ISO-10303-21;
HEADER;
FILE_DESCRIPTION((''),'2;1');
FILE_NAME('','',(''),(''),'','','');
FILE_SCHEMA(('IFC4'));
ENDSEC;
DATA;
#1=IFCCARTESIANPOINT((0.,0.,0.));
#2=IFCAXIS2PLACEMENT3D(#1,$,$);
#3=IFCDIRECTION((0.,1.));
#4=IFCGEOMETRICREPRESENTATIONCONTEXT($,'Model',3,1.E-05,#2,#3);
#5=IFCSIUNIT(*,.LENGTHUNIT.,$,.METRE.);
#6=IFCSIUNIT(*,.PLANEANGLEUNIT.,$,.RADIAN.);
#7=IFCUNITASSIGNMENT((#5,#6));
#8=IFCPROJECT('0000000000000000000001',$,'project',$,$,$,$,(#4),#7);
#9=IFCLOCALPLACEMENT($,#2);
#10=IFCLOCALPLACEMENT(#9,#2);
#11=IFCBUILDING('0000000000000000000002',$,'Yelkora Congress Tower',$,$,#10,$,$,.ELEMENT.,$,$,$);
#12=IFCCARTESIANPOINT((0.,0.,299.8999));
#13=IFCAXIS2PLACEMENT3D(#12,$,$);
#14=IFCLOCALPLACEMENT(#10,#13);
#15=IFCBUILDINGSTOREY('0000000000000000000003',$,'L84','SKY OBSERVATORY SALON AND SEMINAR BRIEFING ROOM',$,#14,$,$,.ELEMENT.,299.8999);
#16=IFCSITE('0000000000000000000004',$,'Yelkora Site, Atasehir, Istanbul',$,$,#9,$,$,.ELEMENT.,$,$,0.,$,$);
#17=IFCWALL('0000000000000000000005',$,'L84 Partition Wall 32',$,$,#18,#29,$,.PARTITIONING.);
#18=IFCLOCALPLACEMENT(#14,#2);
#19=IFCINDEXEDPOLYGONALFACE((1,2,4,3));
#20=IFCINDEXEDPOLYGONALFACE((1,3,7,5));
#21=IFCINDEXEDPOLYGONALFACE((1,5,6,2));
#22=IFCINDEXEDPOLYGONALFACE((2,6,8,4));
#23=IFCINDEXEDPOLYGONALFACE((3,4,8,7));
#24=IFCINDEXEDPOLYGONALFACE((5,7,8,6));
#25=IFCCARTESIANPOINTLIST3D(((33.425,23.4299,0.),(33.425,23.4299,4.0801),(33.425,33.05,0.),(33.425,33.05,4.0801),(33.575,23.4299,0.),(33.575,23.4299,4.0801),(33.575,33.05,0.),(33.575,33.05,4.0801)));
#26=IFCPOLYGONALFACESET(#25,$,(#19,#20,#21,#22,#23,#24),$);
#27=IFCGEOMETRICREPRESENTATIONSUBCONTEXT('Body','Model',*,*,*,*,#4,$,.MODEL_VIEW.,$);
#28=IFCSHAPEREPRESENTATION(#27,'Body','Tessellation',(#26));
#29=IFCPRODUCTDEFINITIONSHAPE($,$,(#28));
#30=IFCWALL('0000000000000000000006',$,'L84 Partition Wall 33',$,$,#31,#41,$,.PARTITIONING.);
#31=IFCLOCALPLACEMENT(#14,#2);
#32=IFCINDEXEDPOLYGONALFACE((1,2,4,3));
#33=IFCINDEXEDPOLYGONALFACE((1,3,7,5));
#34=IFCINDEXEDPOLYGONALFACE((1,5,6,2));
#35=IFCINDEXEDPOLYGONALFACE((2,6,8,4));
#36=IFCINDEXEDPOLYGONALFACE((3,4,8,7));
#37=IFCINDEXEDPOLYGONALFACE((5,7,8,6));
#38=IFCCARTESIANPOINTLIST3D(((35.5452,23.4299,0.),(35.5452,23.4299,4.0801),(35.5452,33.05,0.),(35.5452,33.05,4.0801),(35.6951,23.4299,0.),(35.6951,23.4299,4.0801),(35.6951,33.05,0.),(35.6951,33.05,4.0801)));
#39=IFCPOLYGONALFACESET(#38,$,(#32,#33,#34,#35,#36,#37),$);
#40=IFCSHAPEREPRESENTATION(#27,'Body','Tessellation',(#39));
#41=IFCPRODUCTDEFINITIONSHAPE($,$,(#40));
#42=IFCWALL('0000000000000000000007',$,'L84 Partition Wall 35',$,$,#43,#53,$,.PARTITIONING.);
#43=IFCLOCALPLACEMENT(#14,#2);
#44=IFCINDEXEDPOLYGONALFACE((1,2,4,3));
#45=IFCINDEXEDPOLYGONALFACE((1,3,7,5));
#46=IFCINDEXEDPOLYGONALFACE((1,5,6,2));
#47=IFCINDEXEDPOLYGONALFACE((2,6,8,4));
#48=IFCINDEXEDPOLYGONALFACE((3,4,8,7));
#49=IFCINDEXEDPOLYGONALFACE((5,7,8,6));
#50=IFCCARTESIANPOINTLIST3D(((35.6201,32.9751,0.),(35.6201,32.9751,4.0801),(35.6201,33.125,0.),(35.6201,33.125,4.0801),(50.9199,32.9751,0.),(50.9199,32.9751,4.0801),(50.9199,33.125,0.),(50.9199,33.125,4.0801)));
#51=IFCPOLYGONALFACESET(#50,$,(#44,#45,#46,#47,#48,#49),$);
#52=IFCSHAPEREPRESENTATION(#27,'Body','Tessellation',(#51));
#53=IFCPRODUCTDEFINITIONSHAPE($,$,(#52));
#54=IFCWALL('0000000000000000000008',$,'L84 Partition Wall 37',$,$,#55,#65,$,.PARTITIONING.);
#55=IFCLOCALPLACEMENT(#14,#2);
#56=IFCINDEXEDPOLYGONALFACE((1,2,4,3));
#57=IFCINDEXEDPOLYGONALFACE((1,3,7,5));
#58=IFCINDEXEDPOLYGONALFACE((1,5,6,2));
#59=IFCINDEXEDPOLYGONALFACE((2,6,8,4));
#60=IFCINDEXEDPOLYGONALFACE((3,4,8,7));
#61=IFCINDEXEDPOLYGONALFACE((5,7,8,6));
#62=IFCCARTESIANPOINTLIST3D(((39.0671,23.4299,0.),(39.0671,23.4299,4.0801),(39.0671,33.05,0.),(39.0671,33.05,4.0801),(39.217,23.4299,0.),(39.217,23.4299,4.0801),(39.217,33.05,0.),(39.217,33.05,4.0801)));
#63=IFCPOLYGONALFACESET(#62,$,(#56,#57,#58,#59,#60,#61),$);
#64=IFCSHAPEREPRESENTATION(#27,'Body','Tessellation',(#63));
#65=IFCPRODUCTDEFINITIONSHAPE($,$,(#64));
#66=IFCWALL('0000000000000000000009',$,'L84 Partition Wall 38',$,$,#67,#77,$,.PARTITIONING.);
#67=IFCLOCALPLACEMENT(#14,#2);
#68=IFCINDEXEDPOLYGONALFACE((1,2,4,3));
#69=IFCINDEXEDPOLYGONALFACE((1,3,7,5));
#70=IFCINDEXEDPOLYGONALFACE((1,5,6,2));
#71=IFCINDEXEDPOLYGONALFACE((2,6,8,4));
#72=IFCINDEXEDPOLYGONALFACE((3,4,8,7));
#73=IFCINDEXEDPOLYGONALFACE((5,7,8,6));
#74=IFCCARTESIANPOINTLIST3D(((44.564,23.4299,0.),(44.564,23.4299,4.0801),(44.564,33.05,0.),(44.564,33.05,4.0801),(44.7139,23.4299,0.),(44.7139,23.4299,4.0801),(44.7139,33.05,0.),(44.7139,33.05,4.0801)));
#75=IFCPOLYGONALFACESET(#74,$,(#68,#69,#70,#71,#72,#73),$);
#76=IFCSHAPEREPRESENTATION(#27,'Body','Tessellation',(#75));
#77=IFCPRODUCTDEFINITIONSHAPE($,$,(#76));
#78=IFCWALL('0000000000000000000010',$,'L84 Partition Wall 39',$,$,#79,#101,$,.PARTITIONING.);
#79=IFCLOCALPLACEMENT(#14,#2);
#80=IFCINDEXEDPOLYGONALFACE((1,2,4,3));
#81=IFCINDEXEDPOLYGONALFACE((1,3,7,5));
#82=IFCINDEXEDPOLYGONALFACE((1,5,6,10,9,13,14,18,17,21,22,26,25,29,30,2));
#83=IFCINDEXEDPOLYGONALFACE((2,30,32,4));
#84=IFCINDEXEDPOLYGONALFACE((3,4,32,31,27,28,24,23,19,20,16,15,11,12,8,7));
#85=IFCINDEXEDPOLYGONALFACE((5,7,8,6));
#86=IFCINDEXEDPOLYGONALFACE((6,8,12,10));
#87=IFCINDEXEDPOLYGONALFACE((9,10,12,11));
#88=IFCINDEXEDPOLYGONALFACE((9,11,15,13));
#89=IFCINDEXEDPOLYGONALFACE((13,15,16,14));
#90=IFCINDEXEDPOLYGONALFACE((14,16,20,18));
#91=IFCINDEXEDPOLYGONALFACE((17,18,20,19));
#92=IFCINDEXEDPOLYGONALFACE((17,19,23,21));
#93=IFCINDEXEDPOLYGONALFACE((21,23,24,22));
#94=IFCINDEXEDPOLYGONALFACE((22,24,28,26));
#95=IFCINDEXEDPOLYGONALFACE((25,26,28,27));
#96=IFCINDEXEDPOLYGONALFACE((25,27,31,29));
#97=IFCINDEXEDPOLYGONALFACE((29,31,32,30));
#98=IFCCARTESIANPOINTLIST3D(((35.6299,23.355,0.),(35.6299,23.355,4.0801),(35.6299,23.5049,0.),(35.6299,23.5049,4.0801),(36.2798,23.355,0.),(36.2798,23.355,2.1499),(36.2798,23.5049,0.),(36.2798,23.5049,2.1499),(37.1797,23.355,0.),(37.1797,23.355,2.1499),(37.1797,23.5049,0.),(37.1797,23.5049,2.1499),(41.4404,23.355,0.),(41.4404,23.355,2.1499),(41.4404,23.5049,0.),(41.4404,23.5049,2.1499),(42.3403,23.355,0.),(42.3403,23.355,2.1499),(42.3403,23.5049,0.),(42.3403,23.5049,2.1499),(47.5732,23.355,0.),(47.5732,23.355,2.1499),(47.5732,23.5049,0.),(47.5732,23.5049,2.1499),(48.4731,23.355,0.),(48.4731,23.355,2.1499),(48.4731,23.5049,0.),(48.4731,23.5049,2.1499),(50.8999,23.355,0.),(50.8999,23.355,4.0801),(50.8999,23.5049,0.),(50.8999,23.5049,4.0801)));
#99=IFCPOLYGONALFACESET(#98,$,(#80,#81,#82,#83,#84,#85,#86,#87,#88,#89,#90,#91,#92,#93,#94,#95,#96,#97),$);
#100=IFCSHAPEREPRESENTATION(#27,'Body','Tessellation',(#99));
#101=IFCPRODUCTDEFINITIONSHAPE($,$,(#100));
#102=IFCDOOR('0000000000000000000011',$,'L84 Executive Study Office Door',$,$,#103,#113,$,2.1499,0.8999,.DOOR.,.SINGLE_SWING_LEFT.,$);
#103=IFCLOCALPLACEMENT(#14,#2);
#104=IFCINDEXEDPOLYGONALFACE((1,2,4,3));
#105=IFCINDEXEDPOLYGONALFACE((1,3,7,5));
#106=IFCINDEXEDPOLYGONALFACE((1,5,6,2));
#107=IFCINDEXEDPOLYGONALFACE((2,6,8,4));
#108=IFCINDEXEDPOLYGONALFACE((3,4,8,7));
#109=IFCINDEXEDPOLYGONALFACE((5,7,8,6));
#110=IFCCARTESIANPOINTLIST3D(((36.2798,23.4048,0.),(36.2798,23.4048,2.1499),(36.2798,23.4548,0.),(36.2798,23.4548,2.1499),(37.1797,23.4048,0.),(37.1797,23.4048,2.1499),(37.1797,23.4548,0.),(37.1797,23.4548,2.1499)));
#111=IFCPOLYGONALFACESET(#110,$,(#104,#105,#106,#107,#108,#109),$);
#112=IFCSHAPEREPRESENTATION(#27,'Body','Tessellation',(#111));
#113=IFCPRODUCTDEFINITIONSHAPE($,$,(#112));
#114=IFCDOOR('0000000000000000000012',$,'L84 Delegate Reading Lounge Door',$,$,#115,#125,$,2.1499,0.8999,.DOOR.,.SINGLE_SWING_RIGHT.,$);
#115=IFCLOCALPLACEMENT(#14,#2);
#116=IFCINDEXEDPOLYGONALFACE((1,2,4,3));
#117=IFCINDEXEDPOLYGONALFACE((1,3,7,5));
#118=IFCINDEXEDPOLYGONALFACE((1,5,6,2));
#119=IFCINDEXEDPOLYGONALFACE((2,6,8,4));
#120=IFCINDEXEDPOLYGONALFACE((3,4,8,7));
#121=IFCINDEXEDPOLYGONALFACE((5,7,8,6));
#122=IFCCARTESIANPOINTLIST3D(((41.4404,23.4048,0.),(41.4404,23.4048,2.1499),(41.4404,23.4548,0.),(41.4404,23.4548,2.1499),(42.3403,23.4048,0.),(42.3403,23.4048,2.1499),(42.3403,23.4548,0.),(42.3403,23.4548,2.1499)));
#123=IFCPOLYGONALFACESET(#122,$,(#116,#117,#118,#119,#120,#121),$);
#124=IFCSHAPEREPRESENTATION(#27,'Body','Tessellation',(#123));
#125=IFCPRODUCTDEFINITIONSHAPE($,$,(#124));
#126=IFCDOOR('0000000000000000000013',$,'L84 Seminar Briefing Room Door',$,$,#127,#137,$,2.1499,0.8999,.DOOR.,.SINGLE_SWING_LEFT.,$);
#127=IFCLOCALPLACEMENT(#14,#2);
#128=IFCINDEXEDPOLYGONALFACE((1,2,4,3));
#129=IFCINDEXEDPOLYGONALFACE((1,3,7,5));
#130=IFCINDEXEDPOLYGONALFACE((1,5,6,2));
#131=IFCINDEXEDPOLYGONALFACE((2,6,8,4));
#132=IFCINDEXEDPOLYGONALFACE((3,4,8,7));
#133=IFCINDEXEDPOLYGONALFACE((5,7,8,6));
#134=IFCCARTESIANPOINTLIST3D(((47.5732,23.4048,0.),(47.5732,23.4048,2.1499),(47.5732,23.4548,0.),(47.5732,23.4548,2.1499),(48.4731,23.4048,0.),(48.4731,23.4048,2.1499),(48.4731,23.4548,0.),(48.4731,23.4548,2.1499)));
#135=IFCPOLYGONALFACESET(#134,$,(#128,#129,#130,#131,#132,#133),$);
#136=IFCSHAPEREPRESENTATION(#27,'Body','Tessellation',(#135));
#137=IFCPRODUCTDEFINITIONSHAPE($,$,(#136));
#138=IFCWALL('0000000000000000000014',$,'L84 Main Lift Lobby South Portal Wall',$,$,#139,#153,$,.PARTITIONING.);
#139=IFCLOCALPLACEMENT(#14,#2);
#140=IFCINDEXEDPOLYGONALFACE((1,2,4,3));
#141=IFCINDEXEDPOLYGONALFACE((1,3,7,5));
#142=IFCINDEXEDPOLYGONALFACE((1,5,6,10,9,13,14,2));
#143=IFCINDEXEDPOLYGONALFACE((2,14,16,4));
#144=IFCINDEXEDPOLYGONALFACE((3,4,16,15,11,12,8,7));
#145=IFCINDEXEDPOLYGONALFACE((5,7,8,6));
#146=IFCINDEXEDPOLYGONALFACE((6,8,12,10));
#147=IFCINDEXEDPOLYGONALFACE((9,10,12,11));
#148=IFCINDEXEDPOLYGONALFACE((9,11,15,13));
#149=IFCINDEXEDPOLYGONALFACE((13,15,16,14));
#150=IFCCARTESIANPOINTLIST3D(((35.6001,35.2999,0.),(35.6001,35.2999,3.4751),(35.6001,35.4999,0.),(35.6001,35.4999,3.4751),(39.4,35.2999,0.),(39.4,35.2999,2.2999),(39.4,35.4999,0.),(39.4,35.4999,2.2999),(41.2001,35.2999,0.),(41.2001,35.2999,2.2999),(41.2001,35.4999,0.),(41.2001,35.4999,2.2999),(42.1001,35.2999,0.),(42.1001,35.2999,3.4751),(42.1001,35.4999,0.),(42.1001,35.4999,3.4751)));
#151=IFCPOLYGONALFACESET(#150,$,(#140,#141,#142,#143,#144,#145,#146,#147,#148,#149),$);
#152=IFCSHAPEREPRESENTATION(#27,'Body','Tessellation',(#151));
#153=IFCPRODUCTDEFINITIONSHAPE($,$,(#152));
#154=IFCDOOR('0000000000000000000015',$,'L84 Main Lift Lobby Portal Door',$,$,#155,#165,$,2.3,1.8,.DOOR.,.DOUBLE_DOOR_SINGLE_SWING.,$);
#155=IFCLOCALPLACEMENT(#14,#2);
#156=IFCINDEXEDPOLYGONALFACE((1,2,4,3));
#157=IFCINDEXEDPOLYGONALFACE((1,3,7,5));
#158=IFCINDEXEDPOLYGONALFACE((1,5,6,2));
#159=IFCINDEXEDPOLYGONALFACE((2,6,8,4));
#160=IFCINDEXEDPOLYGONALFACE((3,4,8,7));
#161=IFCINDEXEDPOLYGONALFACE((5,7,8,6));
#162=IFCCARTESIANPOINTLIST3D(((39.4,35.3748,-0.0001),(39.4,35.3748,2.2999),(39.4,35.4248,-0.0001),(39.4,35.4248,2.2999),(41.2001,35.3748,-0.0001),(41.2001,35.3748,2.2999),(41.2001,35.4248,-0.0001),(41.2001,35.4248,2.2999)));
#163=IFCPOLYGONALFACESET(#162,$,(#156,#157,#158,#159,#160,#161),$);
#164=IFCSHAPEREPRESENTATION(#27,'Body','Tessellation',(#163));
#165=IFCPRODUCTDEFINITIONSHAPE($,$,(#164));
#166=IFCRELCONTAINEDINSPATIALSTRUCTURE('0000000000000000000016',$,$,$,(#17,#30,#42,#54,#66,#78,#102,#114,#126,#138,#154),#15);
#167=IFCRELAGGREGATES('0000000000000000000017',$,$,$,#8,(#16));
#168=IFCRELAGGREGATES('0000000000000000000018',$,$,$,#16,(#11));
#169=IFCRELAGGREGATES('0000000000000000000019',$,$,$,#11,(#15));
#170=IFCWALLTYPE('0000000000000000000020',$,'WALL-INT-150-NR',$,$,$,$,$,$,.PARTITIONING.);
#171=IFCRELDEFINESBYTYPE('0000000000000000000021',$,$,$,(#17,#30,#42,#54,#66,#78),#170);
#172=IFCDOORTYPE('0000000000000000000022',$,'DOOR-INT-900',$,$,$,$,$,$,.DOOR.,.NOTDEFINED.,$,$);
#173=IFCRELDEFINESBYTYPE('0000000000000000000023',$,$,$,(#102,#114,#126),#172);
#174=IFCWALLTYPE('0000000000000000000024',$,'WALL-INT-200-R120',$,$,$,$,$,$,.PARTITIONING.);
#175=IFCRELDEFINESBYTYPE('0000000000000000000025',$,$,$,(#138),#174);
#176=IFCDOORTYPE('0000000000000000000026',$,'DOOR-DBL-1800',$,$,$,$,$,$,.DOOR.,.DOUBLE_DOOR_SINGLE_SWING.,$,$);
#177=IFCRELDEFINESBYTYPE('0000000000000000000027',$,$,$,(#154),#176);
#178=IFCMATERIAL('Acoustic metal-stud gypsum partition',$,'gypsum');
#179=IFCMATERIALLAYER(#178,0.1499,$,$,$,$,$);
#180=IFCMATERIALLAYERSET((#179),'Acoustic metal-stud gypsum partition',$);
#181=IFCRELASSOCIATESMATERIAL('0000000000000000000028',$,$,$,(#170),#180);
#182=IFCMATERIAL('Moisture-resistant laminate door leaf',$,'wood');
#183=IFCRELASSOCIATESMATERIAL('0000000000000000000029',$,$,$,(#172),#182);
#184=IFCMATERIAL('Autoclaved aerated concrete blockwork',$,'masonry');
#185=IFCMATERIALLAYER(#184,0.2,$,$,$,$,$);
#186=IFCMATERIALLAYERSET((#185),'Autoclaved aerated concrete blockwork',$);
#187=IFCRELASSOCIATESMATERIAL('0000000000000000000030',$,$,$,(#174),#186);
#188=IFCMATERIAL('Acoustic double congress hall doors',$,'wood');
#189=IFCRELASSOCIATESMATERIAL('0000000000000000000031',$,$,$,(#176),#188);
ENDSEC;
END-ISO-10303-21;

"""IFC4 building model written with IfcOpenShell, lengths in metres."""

from ifc_helpers import new_model, si_unit, direction, frame, frame_2d, origin, place, context, subcontext, project, spatial, rectangle, extrude, material, layer, layer_set, type_object, element, fill, save


model = new_model("IFC4")

# Units and contexts
model_context = context("Model", 3, precision=1e-05, world=origin(), true_north=direction((0.0, 1.0)))
body_context = subcontext(model_context, "Body", "Model", "MODEL_VIEW")
ifc_project = project(units=[si_unit("LENGTHUNIT", "METRE"), si_unit("PLANEANGLEUNIT", "RADIAN")], contexts=[model_context])

# Site, building, storey
site_placement = place(None, origin())
site = spatial("IfcSite", under=ifc_project, at=site_placement, Name="Yelkora Site, Atasehir, Istanbul", CompositionType="ELEMENT", RefElevation=0.0)
building_placement = place(site_placement, origin())
building = spatial("IfcBuilding", under=site, at=building_placement, Name="Yelkora Congress Tower", CompositionType="ELEMENT")
storey_placement = place(building_placement, frame((0.0, 0.0, 299.8999)))
storey = spatial("IfcBuildingStorey", under=building, at=storey_placement, Name="L84", Description="SKY OBSERVATORY SALON AND SEMINAR BRIEFING ROOM", CompositionType="ELEMENT", Elevation=299.8999)

# Shared definitions
ifc_material_1 = material(Name="Acoustic metal-stud gypsum partition", Category="gypsum")
ifc_layer_1 = layer(ifc_material_1, 0.1499)
ifc_layer_set_1 = layer_set([ifc_layer_1], Name="Acoustic metal-stud gypsum partition")
wall_type_1 = type_object("IfcWallType", Name="WALL-INT-150-NR", PredefinedType="PARTITIONING", material=ifc_layer_set_1)

# Walls
for number, where, z_axis, x_axis, name in (
    (1, (33.5, 23.4299, 0.0), (0.0, 0.0, 1.0), (0.0, 1.0, 0.0), "L84 Partition Wall 32"),
    (2, (35.6201, 23.4299, 0.0), (0.0, 0.0, 1.0), (0.0, 1.0, 0.0), "L84 Partition Wall 33"),
):
    element("IfcWall", number, at=place(storey_placement, frame(where, z_axis=z_axis, x_axis=x_axis)), inside=storey, type_object=wall_type_1, Name=name, PredefinedType="PARTITIONING", context=body_context, shape_type="SweptSolid", body=[
        extrude(rectangle(XDim=9.6201, YDim=0.1499, at=frame_2d((4.8101, 0.0))), origin(), (0.0, 0.0, 1.0), 4.0801),
    ])
wall_1_placement = place(storey_placement, frame((35.6201, 33.05, 0.0), z_axis=(0.0, 0.0, 1.0), x_axis=(1.0, 0.0, 0.0)))
element("IfcWall", 3, at=wall_1_placement, inside=storey, type_object=wall_type_1, Name="L84 Partition Wall 35", PredefinedType="PARTITIONING", context=body_context, shape_type="SweptSolid", body=[
    extrude(rectangle(XDim=15.2998, YDim=0.1499, at=frame_2d((7.6499, 0.0))), origin(), (0.0, 0.0, 1.0), 4.0801),
])
for number, where, z_axis, x_axis, name in (
    (4, (39.1421, 23.4299, 0.0), (0.0, 0.0, 1.0), (0.0, 1.0, 0.0), "L84 Partition Wall 37"),
    (5, (44.6389, 23.4299, 0.0), (0.0, 0.0, 1.0), (0.0, 1.0, 0.0), "L84 Partition Wall 38"),
):
    element("IfcWall", number, at=place(storey_placement, frame(where, z_axis=z_axis, x_axis=x_axis)), inside=storey, type_object=wall_type_1, Name=name, PredefinedType="PARTITIONING", context=body_context, shape_type="SweptSolid", body=[
        extrude(rectangle(XDim=9.6201, YDim=0.1499, at=frame_2d((4.8101, 0.0))), origin(), (0.0, 0.0, 1.0), 4.0801),
    ])

# Wall, openings, doors
wall_2_placement = place(storey_placement, frame((35.6299, 23.4299, 0.0), z_axis=(0.0, 0.0, 1.0), x_axis=(1.0, 0.0, 0.0)))
wall_2 = element("IfcWall", 6, at=wall_2_placement, inside=storey, type_object=wall_type_1, Name="L84 Partition Wall 39", PredefinedType="PARTITIONING", context=body_context, shape_type="SweptSolid", body=[
    extrude(rectangle(XDim=15.27, YDim=0.1499, at=frame_2d((7.635, 0.0))), origin(), (0.0, 0.0, 1.0), 4.0801),
])
opening_1_placement = place(wall_2_placement, frame((0.6499, 0.0, 0.0)))
opening_1 = element("IfcOpeningElement", 7, at=opening_1_placement, cuts=wall_2, PredefinedType="OPENING", context=body_context, shape_type="SweptSolid", body=[
    extrude(rectangle(XDim=0.8999, YDim=2.1499, at=frame_2d((0.45, 1.075))), frame((0.0, 0.085, 0.0), z_axis=(0.0, -1.0, 0.0), x_axis=(1.0, 0.0, 0.0)), (0.0, 0.0, 1.0), 0.1699),
])
opening_2_placement = place(wall_2_placement, frame((5.8105, 0.0, 0.0)))
opening_2 = element("IfcOpeningElement", 8, at=opening_2_placement, cuts=wall_2, PredefinedType="OPENING", context=body_context, shape_type="SweptSolid", body=[
    extrude(rectangle(XDim=0.8999, YDim=2.1499, at=frame_2d((0.45, 1.075))), frame((0.0, 0.085, 0.0), z_axis=(0.0, -1.0, 0.0), x_axis=(1.0, 0.0, 0.0)), (0.0, 0.0, 1.0), 0.1699),
])
opening_3_placement = place(wall_2_placement, frame((11.9434, 0.0, 0.0)))
opening_3 = element("IfcOpeningElement", 9, at=opening_3_placement, cuts=wall_2, PredefinedType="OPENING", context=body_context, shape_type="SweptSolid", body=[
    extrude(rectangle(XDim=0.8999, YDim=2.1499, at=frame_2d((0.45, 1.075))), frame((0.0, 0.085, 0.0), z_axis=(0.0, -1.0, 0.0), x_axis=(1.0, 0.0, 0.0)), (0.0, 0.0, 1.0), 0.1699),
])
ifc_material_2 = material(Name="Moisture-resistant laminate door leaf", Category="wood")
door_type_1 = type_object("IfcDoorType", Name="DOOR-INT-900", OperationType="NOTDEFINED", PredefinedType="DOOR", material=ifc_material_2)
door_1_placement = place(opening_1_placement, origin())
door_1 = element("IfcDoor", 10, at=door_1_placement, inside=storey, type_object=door_type_1, Name="L84 Executive Study Office Door", OperationType="SINGLE_SWING_LEFT", OverallHeight=2.1499, OverallWidth=0.8999, PredefinedType="DOOR", context=body_context, shape_type="SweptSolid", body=[
    extrude(rectangle(XDim=0.8999, YDim=2.1499, at=frame_2d((0.45, 1.075))), frame((0.0, 0.0249, 0.0), z_axis=(0.0, -1.0, 0.0), x_axis=(1.0, 0.0, 0.0)), (0.0, 0.0, 1.0), 0.05),
])
fill(opening_1, door_1)
door_2_placement = place(opening_2_placement, origin())
door_2 = element("IfcDoor", 11, at=door_2_placement, inside=storey, type_object=door_type_1, Name="L84 Delegate Reading Lounge Door", OperationType="SINGLE_SWING_RIGHT", OverallHeight=2.1499, OverallWidth=0.8999, PredefinedType="DOOR", context=body_context, shape_type="SweptSolid", body=[
    extrude(rectangle(XDim=0.8999, YDim=2.1499, at=frame_2d((0.45, 1.075))), frame((0.0, 0.0249, 0.0), z_axis=(0.0, -1.0, 0.0), x_axis=(1.0, 0.0, 0.0)), (0.0, 0.0, 1.0), 0.05),
])
fill(opening_2, door_2)
door_3_placement = place(opening_3_placement, origin())
door_3 = element("IfcDoor", 12, at=door_3_placement, inside=storey, type_object=door_type_1, Name="L84 Seminar Briefing Room Door", OperationType="SINGLE_SWING_LEFT", OverallHeight=2.1499, OverallWidth=0.8999, PredefinedType="DOOR", context=body_context, shape_type="SweptSolid", body=[
    extrude(rectangle(XDim=0.8999, YDim=2.1499, at=frame_2d((0.45, 1.075))), frame((0.0, 0.0249, 0.0), z_axis=(0.0, -1.0, 0.0), x_axis=(1.0, 0.0, 0.0)), (0.0, 0.0, 1.0), 0.05),
])
fill(opening_3, door_3)

# Wall, opening, door
ifc_material_3 = material(Name="Autoclaved aerated concrete blockwork", Category="masonry")
ifc_layer_2 = layer(ifc_material_3, 0.2)
ifc_layer_set_2 = layer_set([ifc_layer_2], Name="Autoclaved aerated concrete blockwork")
wall_type_2 = type_object("IfcWallType", Name="WALL-INT-200-R120", PredefinedType="PARTITIONING", material=ifc_layer_set_2)
wall_3_placement = place(storey_placement, frame((35.6001, 35.3999, 0.0), z_axis=(0.0, 0.0, 1.0), x_axis=(1.0, 0.0, 0.0)))
wall_3 = element("IfcWall", 13, at=wall_3_placement, inside=storey, type_object=wall_type_2, Name="L84 Main Lift Lobby South Portal Wall", PredefinedType="PARTITIONING", context=body_context, shape_type="SweptSolid", body=[
    extrude(rectangle(XDim=6.5, YDim=0.2, at=frame_2d((3.25, 0.0))), origin(), (0.0, 0.0, 1.0), 3.4751),
])
opening_4_placement = place(wall_3_placement, frame((3.8, 0.0, 0.0)))
opening_4 = element("IfcOpeningElement", 14, at=opening_4_placement, cuts=wall_3, PredefinedType="OPENING", context=body_context, shape_type="SweptSolid", body=[
    extrude(rectangle(XDim=1.8, YDim=2.3, at=frame_2d((0.8999, 1.1499))), frame((0.0, 0.1099, 0.0), z_axis=(0.0, -1.0, 0.0), x_axis=(1.0, 0.0, 0.0)), (0.0, 0.0, 1.0), 0.22),
])
ifc_material_4 = material(Name="Acoustic double congress hall doors", Category="wood")
door_type_2 = type_object("IfcDoorType", Name="DOOR-DBL-1800", OperationType="DOUBLE_DOOR_SINGLE_SWING", PredefinedType="DOOR", material=ifc_material_4)
door_4_placement = place(opening_4_placement, origin())
door_4 = element("IfcDoor", 15, at=door_4_placement, inside=storey, type_object=door_type_2, Name="L84 Main Lift Lobby Portal Door", OperationType="DOUBLE_DOOR_SINGLE_SWING", OverallHeight=2.3, OverallWidth=1.8, PredefinedType="DOOR", context=body_context, shape_type="SweptSolid", body=[
    extrude(rectangle(XDim=1.8, YDim=2.3, at=frame_2d((0.8999, 1.1499))), frame((0.0, 0.0249, 0.0), z_axis=(0.0, -1.0, 0.0), x_axis=(1.0, 0.0, 0.0)), (0.0, 0.0, 1.0), 0.05),
])
fill(opening_4, door_4)

save(model, "model.ifc")
